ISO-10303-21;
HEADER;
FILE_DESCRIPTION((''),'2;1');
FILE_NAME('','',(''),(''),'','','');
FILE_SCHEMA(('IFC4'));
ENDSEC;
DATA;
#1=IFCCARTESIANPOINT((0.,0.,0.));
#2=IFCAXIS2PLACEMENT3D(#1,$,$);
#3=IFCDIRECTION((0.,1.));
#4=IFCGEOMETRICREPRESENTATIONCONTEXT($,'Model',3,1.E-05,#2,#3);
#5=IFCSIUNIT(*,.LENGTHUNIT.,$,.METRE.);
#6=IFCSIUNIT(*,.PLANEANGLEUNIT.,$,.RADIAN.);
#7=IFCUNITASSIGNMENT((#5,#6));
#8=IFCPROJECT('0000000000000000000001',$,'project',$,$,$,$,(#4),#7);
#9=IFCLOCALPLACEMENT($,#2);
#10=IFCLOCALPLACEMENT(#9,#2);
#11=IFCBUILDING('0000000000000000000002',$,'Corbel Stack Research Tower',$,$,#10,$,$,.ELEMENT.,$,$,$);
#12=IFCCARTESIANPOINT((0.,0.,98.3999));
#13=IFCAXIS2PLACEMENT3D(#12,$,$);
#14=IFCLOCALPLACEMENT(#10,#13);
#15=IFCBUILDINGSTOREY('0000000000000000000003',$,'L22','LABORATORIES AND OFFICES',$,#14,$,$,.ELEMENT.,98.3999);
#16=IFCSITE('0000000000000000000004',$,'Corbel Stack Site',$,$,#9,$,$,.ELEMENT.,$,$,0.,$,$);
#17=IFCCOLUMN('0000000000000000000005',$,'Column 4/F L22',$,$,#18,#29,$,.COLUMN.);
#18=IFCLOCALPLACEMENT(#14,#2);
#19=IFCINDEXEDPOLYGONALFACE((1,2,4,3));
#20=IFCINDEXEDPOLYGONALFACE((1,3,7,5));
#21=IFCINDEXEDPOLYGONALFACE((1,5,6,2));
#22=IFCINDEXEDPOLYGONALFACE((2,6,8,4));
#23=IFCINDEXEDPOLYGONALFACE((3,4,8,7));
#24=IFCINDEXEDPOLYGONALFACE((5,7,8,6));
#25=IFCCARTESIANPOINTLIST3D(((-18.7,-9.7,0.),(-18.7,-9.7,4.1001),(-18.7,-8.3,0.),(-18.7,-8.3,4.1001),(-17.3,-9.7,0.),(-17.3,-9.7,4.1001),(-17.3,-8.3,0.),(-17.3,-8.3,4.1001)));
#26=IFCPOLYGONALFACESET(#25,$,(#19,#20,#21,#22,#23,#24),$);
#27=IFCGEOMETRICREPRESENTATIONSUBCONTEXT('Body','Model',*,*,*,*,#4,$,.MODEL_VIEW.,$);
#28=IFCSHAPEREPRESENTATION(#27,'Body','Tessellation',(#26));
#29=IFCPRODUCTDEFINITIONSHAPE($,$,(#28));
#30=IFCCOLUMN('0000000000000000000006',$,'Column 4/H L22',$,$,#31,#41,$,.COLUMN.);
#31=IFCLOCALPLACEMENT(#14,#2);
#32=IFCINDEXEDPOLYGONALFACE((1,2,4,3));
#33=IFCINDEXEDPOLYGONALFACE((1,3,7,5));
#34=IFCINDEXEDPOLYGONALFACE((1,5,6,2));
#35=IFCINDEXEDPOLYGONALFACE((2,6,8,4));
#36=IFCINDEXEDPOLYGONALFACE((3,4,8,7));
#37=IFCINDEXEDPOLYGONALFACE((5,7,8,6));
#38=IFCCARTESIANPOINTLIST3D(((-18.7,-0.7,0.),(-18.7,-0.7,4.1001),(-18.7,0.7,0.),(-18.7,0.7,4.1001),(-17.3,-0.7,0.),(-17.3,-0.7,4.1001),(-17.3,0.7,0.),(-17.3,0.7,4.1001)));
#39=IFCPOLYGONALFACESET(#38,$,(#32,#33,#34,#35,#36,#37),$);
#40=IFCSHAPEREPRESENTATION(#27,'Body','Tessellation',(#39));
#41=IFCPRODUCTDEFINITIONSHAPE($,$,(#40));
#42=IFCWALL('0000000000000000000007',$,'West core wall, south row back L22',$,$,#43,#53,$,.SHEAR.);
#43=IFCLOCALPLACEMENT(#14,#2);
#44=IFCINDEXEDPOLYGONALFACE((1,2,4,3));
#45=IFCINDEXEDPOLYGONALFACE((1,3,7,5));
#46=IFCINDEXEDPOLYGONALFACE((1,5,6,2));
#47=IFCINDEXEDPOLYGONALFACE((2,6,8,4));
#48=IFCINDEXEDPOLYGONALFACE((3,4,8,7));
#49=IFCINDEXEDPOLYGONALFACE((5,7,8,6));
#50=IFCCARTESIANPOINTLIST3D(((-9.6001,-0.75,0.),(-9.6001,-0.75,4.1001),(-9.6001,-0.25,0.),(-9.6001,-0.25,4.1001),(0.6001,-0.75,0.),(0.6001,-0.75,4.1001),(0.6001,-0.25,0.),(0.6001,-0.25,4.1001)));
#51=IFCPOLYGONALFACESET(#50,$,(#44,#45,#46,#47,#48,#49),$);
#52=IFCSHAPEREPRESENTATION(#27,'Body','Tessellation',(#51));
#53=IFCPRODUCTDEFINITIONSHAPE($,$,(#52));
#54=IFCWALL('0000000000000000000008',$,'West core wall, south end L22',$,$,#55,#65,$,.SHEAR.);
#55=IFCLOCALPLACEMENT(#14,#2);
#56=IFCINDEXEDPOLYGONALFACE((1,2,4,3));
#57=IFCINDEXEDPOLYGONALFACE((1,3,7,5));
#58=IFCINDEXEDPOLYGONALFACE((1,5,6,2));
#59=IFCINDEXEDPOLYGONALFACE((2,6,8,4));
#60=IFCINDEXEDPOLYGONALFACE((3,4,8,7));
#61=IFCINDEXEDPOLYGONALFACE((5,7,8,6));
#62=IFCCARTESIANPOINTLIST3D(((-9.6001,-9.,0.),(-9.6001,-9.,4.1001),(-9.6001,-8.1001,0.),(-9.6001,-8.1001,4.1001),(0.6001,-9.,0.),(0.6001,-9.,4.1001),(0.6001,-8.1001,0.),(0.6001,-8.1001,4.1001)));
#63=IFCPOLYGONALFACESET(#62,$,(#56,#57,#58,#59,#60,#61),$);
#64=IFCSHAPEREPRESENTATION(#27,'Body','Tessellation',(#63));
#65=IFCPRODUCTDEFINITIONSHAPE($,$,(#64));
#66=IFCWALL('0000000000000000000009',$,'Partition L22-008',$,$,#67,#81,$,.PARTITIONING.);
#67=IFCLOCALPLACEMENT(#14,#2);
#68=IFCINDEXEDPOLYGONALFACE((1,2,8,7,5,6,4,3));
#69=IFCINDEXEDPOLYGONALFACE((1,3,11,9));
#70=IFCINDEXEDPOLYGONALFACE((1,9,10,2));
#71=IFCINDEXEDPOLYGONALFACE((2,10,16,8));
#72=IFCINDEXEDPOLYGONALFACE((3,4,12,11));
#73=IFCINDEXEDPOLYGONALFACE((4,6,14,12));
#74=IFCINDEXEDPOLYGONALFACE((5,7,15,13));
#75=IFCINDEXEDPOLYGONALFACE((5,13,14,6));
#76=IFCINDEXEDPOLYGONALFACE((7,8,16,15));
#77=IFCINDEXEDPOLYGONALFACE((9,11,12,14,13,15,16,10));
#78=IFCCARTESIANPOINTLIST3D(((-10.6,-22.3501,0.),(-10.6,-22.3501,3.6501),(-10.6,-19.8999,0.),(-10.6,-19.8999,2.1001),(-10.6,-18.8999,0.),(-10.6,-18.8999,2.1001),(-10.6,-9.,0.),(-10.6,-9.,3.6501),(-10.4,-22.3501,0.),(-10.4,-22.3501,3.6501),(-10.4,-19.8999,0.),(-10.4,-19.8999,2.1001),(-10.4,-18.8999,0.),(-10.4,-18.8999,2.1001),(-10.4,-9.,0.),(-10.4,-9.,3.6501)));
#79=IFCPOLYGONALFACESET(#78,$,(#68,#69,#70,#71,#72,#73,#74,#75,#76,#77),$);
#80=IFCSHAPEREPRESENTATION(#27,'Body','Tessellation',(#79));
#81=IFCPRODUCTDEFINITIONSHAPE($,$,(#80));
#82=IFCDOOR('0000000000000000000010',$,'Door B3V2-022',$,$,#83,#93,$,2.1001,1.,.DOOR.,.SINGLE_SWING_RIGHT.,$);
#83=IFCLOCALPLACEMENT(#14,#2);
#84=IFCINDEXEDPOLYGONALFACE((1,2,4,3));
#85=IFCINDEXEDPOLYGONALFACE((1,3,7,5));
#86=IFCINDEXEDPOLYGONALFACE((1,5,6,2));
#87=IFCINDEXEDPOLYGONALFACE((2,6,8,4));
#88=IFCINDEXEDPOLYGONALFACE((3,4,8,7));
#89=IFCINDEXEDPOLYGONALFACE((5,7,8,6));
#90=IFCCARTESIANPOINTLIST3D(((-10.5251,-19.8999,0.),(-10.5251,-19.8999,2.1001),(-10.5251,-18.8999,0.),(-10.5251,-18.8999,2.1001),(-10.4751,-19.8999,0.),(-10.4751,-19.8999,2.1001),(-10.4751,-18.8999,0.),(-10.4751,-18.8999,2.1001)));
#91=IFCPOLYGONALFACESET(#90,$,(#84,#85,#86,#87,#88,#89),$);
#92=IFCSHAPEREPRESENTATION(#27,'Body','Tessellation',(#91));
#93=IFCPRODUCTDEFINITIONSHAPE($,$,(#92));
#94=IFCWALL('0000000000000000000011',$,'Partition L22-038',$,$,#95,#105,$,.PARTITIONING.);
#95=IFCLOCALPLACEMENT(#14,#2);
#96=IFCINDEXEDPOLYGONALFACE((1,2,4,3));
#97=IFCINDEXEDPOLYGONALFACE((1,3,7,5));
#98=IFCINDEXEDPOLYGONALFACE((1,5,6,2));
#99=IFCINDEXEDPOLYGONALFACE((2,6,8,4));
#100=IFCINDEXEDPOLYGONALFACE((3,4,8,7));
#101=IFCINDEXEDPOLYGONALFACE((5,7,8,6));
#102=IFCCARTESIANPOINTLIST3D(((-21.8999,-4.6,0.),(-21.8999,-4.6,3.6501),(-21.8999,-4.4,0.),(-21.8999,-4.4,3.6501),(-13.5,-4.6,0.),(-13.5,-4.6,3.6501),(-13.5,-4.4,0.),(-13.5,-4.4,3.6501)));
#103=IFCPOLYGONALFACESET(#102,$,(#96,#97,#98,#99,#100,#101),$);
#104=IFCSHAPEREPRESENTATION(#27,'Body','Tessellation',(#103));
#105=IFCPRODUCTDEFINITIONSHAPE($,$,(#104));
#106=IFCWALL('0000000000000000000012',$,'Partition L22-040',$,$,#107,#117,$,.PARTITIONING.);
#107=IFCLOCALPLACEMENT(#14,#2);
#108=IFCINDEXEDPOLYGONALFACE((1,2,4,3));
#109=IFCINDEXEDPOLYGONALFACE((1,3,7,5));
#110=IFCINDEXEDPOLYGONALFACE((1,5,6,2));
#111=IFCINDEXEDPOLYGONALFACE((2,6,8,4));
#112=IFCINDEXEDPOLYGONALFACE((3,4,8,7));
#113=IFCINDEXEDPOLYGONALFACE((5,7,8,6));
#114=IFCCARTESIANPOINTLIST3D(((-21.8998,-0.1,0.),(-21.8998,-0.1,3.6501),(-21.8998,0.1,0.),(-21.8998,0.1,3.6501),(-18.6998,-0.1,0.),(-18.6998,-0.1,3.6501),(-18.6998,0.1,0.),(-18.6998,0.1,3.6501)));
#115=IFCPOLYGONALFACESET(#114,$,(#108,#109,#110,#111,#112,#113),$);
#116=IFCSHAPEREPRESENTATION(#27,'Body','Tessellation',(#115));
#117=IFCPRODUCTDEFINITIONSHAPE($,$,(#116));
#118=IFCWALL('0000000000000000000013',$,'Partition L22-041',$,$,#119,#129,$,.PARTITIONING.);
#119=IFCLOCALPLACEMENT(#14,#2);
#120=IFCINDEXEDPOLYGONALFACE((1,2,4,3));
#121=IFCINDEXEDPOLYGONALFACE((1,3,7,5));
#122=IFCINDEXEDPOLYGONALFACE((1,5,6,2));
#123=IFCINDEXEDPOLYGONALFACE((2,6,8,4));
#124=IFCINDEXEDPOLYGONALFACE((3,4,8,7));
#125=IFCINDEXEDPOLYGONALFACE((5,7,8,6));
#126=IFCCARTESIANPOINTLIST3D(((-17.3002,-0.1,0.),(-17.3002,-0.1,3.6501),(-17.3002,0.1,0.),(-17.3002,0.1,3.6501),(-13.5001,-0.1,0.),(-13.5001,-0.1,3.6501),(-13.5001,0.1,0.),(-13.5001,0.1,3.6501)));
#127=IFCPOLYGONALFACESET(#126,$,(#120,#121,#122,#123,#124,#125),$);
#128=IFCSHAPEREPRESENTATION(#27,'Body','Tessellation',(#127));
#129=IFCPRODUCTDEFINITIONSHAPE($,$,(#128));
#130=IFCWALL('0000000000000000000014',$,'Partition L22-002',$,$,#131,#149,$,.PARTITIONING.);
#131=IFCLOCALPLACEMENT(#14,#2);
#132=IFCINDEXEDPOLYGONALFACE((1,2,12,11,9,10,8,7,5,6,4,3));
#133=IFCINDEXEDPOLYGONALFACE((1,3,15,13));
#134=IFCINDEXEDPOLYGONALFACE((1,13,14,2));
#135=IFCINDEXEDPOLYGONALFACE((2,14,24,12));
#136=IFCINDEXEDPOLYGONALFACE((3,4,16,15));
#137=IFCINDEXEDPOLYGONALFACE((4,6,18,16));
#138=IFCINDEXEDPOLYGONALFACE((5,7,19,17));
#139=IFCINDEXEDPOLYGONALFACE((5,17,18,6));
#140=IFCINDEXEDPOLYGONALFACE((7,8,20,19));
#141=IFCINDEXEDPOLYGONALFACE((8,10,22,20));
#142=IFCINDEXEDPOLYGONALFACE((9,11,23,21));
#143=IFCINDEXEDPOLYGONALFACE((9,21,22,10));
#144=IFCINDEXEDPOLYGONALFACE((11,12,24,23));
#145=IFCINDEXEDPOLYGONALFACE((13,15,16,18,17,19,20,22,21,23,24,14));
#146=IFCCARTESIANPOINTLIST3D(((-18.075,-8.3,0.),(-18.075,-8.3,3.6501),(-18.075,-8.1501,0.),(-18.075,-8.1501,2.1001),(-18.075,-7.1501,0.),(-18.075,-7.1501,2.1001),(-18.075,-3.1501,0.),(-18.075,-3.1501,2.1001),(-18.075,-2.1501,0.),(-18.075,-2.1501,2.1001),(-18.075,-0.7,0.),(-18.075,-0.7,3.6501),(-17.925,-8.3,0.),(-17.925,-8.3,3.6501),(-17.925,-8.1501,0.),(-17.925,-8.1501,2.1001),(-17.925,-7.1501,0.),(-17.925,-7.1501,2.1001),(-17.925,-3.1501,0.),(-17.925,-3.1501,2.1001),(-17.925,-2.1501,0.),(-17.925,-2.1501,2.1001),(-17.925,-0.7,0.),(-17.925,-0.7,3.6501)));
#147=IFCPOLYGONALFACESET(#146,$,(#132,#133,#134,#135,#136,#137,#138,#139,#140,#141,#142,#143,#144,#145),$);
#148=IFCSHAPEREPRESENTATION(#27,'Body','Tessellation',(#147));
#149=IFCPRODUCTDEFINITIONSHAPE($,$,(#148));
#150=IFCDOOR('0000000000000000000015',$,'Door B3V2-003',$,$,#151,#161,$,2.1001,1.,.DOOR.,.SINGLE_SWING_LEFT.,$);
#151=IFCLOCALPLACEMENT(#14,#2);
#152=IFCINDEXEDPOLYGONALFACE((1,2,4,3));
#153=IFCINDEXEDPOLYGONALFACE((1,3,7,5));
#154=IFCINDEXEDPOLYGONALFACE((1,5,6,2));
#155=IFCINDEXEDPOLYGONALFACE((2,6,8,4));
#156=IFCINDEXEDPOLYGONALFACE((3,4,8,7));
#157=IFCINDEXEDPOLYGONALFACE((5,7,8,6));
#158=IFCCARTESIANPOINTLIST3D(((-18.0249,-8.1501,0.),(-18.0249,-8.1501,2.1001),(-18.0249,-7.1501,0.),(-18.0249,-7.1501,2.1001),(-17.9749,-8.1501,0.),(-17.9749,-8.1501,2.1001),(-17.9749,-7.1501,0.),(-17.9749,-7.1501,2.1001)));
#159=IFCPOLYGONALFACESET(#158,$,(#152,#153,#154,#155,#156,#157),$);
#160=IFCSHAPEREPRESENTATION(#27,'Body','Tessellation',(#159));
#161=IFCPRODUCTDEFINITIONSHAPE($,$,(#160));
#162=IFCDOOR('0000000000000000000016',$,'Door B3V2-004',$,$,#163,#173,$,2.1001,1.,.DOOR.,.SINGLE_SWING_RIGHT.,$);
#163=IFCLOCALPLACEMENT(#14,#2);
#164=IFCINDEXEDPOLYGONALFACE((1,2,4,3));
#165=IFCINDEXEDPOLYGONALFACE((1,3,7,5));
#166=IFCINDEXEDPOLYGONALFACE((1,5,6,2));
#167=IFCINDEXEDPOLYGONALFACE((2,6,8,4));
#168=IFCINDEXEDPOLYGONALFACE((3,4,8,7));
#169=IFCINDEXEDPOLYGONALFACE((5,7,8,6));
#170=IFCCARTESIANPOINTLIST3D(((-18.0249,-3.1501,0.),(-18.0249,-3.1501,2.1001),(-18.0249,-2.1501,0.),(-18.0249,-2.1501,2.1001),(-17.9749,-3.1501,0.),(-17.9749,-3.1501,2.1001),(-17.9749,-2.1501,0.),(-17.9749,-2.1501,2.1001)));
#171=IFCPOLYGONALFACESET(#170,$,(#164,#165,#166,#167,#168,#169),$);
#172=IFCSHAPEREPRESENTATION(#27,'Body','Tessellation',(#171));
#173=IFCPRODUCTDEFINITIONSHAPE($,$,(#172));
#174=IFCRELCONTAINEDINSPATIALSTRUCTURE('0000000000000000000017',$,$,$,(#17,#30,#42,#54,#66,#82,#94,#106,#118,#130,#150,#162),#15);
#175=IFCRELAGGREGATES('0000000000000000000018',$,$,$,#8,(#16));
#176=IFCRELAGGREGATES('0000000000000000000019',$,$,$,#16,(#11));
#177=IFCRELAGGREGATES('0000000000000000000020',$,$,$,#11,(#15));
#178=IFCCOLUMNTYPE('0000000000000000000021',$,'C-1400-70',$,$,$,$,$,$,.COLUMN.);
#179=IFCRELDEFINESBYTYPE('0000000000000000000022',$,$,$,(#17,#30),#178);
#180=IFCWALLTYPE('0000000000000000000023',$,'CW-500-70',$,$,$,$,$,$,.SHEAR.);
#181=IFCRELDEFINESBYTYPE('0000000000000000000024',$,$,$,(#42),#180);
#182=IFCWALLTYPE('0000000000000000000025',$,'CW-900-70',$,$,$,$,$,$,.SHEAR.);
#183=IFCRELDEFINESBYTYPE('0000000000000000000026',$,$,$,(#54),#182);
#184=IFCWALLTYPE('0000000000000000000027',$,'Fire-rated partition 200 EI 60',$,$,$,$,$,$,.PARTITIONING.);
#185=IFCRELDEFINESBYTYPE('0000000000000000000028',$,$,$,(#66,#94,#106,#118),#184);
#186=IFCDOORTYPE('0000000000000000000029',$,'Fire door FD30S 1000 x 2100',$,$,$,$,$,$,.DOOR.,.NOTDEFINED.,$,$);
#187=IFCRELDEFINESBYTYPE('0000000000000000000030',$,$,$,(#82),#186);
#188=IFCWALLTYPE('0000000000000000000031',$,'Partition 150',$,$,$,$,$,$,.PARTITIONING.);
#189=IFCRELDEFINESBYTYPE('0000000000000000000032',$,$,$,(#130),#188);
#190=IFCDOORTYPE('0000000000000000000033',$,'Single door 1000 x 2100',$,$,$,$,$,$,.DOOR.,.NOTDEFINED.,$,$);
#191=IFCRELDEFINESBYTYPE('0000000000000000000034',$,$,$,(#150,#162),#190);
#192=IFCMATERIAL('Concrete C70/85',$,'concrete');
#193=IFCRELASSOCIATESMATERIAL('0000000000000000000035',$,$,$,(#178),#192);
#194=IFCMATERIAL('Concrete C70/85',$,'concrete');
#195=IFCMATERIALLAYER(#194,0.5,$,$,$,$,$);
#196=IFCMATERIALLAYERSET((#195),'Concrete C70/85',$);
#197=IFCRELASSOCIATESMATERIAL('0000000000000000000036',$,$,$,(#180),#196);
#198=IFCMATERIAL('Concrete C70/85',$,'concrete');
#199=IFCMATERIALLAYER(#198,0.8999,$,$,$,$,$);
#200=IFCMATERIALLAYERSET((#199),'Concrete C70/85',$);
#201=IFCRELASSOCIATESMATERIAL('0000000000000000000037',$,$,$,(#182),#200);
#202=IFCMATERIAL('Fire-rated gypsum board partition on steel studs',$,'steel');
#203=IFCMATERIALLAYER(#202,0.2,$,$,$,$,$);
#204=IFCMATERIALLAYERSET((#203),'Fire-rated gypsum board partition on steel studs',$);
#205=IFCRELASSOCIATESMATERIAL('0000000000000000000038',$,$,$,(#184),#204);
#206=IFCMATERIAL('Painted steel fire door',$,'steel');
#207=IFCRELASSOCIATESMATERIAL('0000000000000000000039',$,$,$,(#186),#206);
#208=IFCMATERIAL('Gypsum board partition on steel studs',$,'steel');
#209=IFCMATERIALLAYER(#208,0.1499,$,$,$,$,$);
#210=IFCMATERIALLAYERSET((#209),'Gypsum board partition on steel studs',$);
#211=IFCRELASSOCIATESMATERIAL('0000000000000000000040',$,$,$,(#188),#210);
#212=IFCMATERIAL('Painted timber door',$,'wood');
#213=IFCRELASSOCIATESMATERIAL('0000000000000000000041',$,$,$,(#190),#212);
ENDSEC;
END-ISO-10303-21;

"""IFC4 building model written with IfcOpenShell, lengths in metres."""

from ifc_helpers import new_model, si_unit, direction, frame, frame_2d, origin, origin_2d, place, context, subcontext, project, spatial, rectangle, extrude, material, layer, layer_set, material_profile, profile_set, type_object, element, fill, save


model = new_model("IFC4")

# Units and contexts
model_context = context("Model", 3, precision=1e-05, world=origin(), true_north=direction((0.0, 1.0)))
body_context = subcontext(model_context, "Body", "Model", "MODEL_VIEW")
ifc_project = project(units=[si_unit("LENGTHUNIT", "METRE"), si_unit("PLANEANGLEUNIT", "RADIAN")], contexts=[model_context])

# Site, building, storey
site_placement = place(None, origin())
site = spatial("IfcSite", under=ifc_project, at=site_placement, Name="Corbel Stack Site", CompositionType="ELEMENT", RefElevation=0.0)
building_placement = place(site_placement, origin())
building = spatial("IfcBuilding", under=site, at=building_placement, Name="Corbel Stack Research Tower", CompositionType="ELEMENT")
storey_placement = place(building_placement, frame((0.0, 0.0, 98.3999)))
storey = spatial("IfcBuildingStorey", under=building, at=storey_placement, Name="L22", Description="LABORATORIES AND OFFICES", CompositionType="ELEMENT", Elevation=98.3999)

# Columns
ifc_material_1 = material(Name="Concrete C70/85", Category="concrete")
ifc_material_profile = material_profile(ifc_material_1, rectangle(XDim=1.3999, YDim=1.3999, at=origin_2d()), Name="RC 1400 x 1400")
ifc_profile_set = profile_set([ifc_material_profile], Name="Concrete C70/85")
column_type = type_object("IfcColumnType", Name="C-1400-70", PredefinedType="COLUMN", material=ifc_profile_set)
for number, where, z_axis, x_axis, name in (
    (1, (-18.0, -9.0, 0.0), (0.0, 0.0, 1.0), (1.0, 0.0, 0.0), "Column 4/F L22"),
    (2, (-18.0, 0.0, 0.0), (0.0, 0.0, 1.0), (1.0, 0.0, 0.0), "Column 4/H L22"),
):
    element("IfcColumn", number, at=place(storey_placement, frame(where, z_axis=z_axis, x_axis=x_axis)), inside=storey, type_object=column_type, Name=name, PredefinedType="COLUMN", context=body_context, shape_type="SweptSolid", body=[
        extrude(rectangle(XDim=1.3999, YDim=1.3999, at=origin_2d()), origin(), (0.0, 0.0, 1.0), 4.1001),
    ])

# Wall
ifc_material_2 = material(Name="Concrete C70/85", Category="concrete")
ifc_layer_1 = layer(ifc_material_2, 0.5)
ifc_layer_set_1 = layer_set([ifc_layer_1], Name="Concrete C70/85")
wall_type_1 = type_object("IfcWallType", Name="CW-500-70", PredefinedType="SHEAR", material=ifc_layer_set_1)
wall_1_placement = place(storey_placement, frame((-9.6001, -0.5, 0.0), z_axis=(0.0, 0.0, 1.0), x_axis=(1.0, 0.0, 0.0)))
element("IfcWall", 3, at=wall_1_placement, inside=storey, type_object=wall_type_1, Name="West core wall, south row back L22", PredefinedType="SHEAR", context=body_context, shape_type="SweptSolid", body=[
    extrude(rectangle(XDim=10.2002, YDim=0.5, at=frame_2d((5.1001, 0.0))), origin(), (0.0, 0.0, 1.0), 4.1001),
])

# Shared definitions
ifc_material_3 = material(Name="Concrete C70/85", Category="concrete")
ifc_layer_2 = layer(ifc_material_3, 0.8999)
ifc_layer_set_2 = layer_set([ifc_layer_2], Name="Concrete C70/85")
wall_type_2 = type_object("IfcWallType", Name="CW-900-70", PredefinedType="SHEAR", material=ifc_layer_set_2)

# Wall
wall_2_placement = place(storey_placement, frame((-9.6001, -8.55, 0.0), z_axis=(0.0, 0.0, 1.0), x_axis=(1.0, 0.0, 0.0)))
element("IfcWall", 4, at=wall_2_placement, inside=storey, type_object=wall_type_2, Name="West core wall, south end L22", PredefinedType="SHEAR", context=body_context, shape_type="SweptSolid", body=[
    extrude(rectangle(XDim=10.2002, YDim=0.8999, at=frame_2d((5.1001, 0.0))), origin(), (0.0, 0.0, 1.0), 4.1001),
])

# Wall, opening, door
ifc_material_4 = material(Name="Fire-rated gypsum board partition on steel studs", Category="steel")
ifc_layer_3 = layer(ifc_material_4, 0.2)
ifc_layer_set_3 = layer_set([ifc_layer_3], Name="Fire-rated gypsum board partition on steel studs")
wall_type_3 = type_object("IfcWallType", Name="Fire-rated partition 200 EI 60", PredefinedType="PARTITIONING", material=ifc_layer_set_3)
wall_3_placement = place(storey_placement, frame((-10.5, -9.0, 0.0), z_axis=(0.0, 0.0, 1.0), x_axis=(0.0, -1.0, 0.0)))
wall_3 = element("IfcWall", 5, at=wall_3_placement, inside=storey, type_object=wall_type_3, Name="Partition L22-008", PredefinedType="PARTITIONING", context=body_context, shape_type="SweptSolid", body=[
    extrude(rectangle(XDim=13.3501, YDim=0.2, at=frame_2d((6.675, 0.0))), origin(), (0.0, 0.0, 1.0), 3.6501),
])
opening_1_placement = place(wall_3_placement, frame((9.8999, 0.0, 0.0)))
opening_1 = element("IfcOpeningElement", 6, at=opening_1_placement, cuts=wall_3, PredefinedType="OPENING", context=body_context, shape_type="SweptSolid", body=[
    extrude(rectangle(XDim=1.0, YDim=2.1001, at=frame_2d((0.5, 1.05))), frame((0.0, 0.1099, 0.0), z_axis=(0.0, -1.0, 0.0), x_axis=(1.0, 0.0, 0.0)), (0.0, 0.0, 1.0), 0.22),
])
ifc_material_5 = material(Name="Painted steel fire door", Category="steel")
door_type_1 = type_object("IfcDoorType", Name="Fire door FD30S 1000 x 2100", OperationType="NOTDEFINED", PredefinedType="DOOR", material=ifc_material_5)
door_1_placement = place(opening_1_placement, origin())
door_1 = element("IfcDoor", 7, at=door_1_placement, inside=storey, type_object=door_type_1, Name="Door B3V2-022", OperationType="SINGLE_SWING_RIGHT", OverallHeight=2.1001, OverallWidth=1.0, PredefinedType="DOOR", context=body_context, shape_type="SweptSolid", body=[
    extrude(rectangle(XDim=1.0, YDim=2.1001, at=frame_2d((0.5, 1.05))), frame((0.0, 0.0249, 0.0), z_axis=(0.0, -1.0, 0.0), x_axis=(1.0, 0.0, 0.0)), (0.0, 0.0, 1.0), 0.05),
])
fill(opening_1, door_1)

# Walls
wall_4_placement = place(storey_placement, frame((-21.8999, -4.5, 0.0), z_axis=(0.0, 0.0, 1.0), x_axis=(1.0, 0.0, 0.0)))
element("IfcWall", 8, at=wall_4_placement, inside=storey, type_object=wall_type_3, Name="Partition L22-038", PredefinedType="PARTITIONING", context=body_context, shape_type="SweptSolid", body=[
    extrude(rectangle(XDim=8.3999, YDim=0.2, at=frame_2d((4.2, 0.0))), origin(), (0.0, 0.0, 1.0), 3.6501),
])
wall_5_placement = place(storey_placement, frame((-21.8999, 0.0, 0.0), z_axis=(0.0, 0.0, 1.0), x_axis=(1.0, 0.0, 0.0)))
element("IfcWall", 9, at=wall_5_placement, inside=storey, type_object=wall_type_3, Name="Partition L22-040", PredefinedType="PARTITIONING", context=body_context, shape_type="SweptSolid", body=[
    extrude(rectangle(XDim=3.2, YDim=0.2, at=frame_2d((1.6001, 0.0))), origin(), (0.0, 0.0, 1.0), 3.6501),
])
wall_6_placement = place(storey_placement, frame((-17.3, 0.0, 0.0), z_axis=(0.0, 0.0, 1.0), x_axis=(1.0, 0.0, 0.0)))
element("IfcWall", 10, at=wall_6_placement, inside=storey, type_object=wall_type_3, Name="Partition L22-041", PredefinedType="PARTITIONING", context=body_context, shape_type="SweptSolid", body=[
    extrude(rectangle(XDim=3.8, YDim=0.2, at=frame_2d((1.8999, 0.0))), origin(), (0.0, 0.0, 1.0), 3.6501),
])

# Wall, openings, doors
ifc_material_6 = material(Name="Gypsum board partition on steel studs", Category="steel")
ifc_layer_4 = layer(ifc_material_6, 0.1499)
ifc_layer_set_4 = layer_set([ifc_layer_4], Name="Gypsum board partition on steel studs")
wall_type_4 = type_object("IfcWallType", Name="Partition 150", PredefinedType="PARTITIONING", material=ifc_layer_set_4)
wall_7_placement = place(storey_placement, frame((-18.0, -8.3, 0.0), z_axis=(0.0, 0.0, 1.0), x_axis=(0.0, 1.0, 0.0)))
wall_7 = element("IfcWall", 11, at=wall_7_placement, inside=storey, type_object=wall_type_4, Name="Partition L22-002", PredefinedType="PARTITIONING", context=body_context, shape_type="SweptSolid", body=[
    extrude(rectangle(XDim=7.6001, YDim=0.1499, at=frame_2d((3.8, 0.0))), origin(), (0.0, 0.0, 1.0), 3.6501),
])
opening_2_placement = place(wall_7_placement, frame((0.1499, 0.0, 0.0)))
opening_2 = element("IfcOpeningElement", 12, at=opening_2_placement, cuts=wall_7, PredefinedType="OPENING", context=body_context, shape_type="SweptSolid", body=[
    extrude(rectangle(XDim=1.0, YDim=2.1001, at=frame_2d((0.5, 1.05))), frame((0.0, 0.085, 0.0), z_axis=(0.0, -1.0, 0.0), x_axis=(1.0, 0.0, 0.0)), (0.0, 0.0, 1.0), 0.1699),
])
opening_3_placement = place(wall_7_placement, frame((5.1499, 0.0, 0.0)))
opening_3 = element("IfcOpeningElement", 13, at=opening_3_placement, cuts=wall_7, PredefinedType="OPENING", context=body_context, shape_type="SweptSolid", body=[
    extrude(rectangle(XDim=1.0, YDim=2.1001, at=frame_2d((0.5, 1.05))), frame((0.0, 0.085, 0.0), z_axis=(0.0, -1.0, 0.0), x_axis=(1.0, 0.0, 0.0)), (0.0, 0.0, 1.0), 0.1699),
])
ifc_material_7 = material(Name="Painted timber door", Category="wood")
door_type_2 = type_object("IfcDoorType", Name="Single door 1000 x 2100", OperationType="NOTDEFINED", PredefinedType="DOOR", material=ifc_material_7)
door_2_placement = place(opening_2_placement, origin())
door_2 = element("IfcDoor", 14, at=door_2_placement, inside=storey, type_object=door_type_2, Name="Door B3V2-003", OperationType="SINGLE_SWING_LEFT", OverallHeight=2.1001, OverallWidth=1.0, PredefinedType="DOOR", context=body_context, shape_type="SweptSolid", body=[
    extrude(rectangle(XDim=1.0, YDim=2.1001, at=frame_2d((0.5, 1.05))), frame((0.0, 0.0249, 0.0), z_axis=(0.0, -1.0, 0.0), x_axis=(1.0, 0.0, 0.0)), (0.0, 0.0, 1.0), 0.05),
])
fill(opening_2, door_2)
door_3_placement = place(opening_3_placement, origin())
door_3 = element("IfcDoor", 15, at=door_3_placement, inside=storey, type_object=door_type_2, Name="Door B3V2-004", OperationType="SINGLE_SWING_RIGHT", OverallHeight=2.1001, OverallWidth=1.0, PredefinedType="DOOR", context=body_context, shape_type="SweptSolid", body=[
    extrude(rectangle(XDim=1.0, YDim=2.1001, at=frame_2d((0.5, 1.05))), frame((0.0, 0.0249, 0.0), z_axis=(0.0, -1.0, 0.0), x_axis=(1.0, 0.0, 0.0)), (0.0, 0.0, 1.0), 0.05),
])
fill(opening_3, door_3)

save(model, "model.ifc")
